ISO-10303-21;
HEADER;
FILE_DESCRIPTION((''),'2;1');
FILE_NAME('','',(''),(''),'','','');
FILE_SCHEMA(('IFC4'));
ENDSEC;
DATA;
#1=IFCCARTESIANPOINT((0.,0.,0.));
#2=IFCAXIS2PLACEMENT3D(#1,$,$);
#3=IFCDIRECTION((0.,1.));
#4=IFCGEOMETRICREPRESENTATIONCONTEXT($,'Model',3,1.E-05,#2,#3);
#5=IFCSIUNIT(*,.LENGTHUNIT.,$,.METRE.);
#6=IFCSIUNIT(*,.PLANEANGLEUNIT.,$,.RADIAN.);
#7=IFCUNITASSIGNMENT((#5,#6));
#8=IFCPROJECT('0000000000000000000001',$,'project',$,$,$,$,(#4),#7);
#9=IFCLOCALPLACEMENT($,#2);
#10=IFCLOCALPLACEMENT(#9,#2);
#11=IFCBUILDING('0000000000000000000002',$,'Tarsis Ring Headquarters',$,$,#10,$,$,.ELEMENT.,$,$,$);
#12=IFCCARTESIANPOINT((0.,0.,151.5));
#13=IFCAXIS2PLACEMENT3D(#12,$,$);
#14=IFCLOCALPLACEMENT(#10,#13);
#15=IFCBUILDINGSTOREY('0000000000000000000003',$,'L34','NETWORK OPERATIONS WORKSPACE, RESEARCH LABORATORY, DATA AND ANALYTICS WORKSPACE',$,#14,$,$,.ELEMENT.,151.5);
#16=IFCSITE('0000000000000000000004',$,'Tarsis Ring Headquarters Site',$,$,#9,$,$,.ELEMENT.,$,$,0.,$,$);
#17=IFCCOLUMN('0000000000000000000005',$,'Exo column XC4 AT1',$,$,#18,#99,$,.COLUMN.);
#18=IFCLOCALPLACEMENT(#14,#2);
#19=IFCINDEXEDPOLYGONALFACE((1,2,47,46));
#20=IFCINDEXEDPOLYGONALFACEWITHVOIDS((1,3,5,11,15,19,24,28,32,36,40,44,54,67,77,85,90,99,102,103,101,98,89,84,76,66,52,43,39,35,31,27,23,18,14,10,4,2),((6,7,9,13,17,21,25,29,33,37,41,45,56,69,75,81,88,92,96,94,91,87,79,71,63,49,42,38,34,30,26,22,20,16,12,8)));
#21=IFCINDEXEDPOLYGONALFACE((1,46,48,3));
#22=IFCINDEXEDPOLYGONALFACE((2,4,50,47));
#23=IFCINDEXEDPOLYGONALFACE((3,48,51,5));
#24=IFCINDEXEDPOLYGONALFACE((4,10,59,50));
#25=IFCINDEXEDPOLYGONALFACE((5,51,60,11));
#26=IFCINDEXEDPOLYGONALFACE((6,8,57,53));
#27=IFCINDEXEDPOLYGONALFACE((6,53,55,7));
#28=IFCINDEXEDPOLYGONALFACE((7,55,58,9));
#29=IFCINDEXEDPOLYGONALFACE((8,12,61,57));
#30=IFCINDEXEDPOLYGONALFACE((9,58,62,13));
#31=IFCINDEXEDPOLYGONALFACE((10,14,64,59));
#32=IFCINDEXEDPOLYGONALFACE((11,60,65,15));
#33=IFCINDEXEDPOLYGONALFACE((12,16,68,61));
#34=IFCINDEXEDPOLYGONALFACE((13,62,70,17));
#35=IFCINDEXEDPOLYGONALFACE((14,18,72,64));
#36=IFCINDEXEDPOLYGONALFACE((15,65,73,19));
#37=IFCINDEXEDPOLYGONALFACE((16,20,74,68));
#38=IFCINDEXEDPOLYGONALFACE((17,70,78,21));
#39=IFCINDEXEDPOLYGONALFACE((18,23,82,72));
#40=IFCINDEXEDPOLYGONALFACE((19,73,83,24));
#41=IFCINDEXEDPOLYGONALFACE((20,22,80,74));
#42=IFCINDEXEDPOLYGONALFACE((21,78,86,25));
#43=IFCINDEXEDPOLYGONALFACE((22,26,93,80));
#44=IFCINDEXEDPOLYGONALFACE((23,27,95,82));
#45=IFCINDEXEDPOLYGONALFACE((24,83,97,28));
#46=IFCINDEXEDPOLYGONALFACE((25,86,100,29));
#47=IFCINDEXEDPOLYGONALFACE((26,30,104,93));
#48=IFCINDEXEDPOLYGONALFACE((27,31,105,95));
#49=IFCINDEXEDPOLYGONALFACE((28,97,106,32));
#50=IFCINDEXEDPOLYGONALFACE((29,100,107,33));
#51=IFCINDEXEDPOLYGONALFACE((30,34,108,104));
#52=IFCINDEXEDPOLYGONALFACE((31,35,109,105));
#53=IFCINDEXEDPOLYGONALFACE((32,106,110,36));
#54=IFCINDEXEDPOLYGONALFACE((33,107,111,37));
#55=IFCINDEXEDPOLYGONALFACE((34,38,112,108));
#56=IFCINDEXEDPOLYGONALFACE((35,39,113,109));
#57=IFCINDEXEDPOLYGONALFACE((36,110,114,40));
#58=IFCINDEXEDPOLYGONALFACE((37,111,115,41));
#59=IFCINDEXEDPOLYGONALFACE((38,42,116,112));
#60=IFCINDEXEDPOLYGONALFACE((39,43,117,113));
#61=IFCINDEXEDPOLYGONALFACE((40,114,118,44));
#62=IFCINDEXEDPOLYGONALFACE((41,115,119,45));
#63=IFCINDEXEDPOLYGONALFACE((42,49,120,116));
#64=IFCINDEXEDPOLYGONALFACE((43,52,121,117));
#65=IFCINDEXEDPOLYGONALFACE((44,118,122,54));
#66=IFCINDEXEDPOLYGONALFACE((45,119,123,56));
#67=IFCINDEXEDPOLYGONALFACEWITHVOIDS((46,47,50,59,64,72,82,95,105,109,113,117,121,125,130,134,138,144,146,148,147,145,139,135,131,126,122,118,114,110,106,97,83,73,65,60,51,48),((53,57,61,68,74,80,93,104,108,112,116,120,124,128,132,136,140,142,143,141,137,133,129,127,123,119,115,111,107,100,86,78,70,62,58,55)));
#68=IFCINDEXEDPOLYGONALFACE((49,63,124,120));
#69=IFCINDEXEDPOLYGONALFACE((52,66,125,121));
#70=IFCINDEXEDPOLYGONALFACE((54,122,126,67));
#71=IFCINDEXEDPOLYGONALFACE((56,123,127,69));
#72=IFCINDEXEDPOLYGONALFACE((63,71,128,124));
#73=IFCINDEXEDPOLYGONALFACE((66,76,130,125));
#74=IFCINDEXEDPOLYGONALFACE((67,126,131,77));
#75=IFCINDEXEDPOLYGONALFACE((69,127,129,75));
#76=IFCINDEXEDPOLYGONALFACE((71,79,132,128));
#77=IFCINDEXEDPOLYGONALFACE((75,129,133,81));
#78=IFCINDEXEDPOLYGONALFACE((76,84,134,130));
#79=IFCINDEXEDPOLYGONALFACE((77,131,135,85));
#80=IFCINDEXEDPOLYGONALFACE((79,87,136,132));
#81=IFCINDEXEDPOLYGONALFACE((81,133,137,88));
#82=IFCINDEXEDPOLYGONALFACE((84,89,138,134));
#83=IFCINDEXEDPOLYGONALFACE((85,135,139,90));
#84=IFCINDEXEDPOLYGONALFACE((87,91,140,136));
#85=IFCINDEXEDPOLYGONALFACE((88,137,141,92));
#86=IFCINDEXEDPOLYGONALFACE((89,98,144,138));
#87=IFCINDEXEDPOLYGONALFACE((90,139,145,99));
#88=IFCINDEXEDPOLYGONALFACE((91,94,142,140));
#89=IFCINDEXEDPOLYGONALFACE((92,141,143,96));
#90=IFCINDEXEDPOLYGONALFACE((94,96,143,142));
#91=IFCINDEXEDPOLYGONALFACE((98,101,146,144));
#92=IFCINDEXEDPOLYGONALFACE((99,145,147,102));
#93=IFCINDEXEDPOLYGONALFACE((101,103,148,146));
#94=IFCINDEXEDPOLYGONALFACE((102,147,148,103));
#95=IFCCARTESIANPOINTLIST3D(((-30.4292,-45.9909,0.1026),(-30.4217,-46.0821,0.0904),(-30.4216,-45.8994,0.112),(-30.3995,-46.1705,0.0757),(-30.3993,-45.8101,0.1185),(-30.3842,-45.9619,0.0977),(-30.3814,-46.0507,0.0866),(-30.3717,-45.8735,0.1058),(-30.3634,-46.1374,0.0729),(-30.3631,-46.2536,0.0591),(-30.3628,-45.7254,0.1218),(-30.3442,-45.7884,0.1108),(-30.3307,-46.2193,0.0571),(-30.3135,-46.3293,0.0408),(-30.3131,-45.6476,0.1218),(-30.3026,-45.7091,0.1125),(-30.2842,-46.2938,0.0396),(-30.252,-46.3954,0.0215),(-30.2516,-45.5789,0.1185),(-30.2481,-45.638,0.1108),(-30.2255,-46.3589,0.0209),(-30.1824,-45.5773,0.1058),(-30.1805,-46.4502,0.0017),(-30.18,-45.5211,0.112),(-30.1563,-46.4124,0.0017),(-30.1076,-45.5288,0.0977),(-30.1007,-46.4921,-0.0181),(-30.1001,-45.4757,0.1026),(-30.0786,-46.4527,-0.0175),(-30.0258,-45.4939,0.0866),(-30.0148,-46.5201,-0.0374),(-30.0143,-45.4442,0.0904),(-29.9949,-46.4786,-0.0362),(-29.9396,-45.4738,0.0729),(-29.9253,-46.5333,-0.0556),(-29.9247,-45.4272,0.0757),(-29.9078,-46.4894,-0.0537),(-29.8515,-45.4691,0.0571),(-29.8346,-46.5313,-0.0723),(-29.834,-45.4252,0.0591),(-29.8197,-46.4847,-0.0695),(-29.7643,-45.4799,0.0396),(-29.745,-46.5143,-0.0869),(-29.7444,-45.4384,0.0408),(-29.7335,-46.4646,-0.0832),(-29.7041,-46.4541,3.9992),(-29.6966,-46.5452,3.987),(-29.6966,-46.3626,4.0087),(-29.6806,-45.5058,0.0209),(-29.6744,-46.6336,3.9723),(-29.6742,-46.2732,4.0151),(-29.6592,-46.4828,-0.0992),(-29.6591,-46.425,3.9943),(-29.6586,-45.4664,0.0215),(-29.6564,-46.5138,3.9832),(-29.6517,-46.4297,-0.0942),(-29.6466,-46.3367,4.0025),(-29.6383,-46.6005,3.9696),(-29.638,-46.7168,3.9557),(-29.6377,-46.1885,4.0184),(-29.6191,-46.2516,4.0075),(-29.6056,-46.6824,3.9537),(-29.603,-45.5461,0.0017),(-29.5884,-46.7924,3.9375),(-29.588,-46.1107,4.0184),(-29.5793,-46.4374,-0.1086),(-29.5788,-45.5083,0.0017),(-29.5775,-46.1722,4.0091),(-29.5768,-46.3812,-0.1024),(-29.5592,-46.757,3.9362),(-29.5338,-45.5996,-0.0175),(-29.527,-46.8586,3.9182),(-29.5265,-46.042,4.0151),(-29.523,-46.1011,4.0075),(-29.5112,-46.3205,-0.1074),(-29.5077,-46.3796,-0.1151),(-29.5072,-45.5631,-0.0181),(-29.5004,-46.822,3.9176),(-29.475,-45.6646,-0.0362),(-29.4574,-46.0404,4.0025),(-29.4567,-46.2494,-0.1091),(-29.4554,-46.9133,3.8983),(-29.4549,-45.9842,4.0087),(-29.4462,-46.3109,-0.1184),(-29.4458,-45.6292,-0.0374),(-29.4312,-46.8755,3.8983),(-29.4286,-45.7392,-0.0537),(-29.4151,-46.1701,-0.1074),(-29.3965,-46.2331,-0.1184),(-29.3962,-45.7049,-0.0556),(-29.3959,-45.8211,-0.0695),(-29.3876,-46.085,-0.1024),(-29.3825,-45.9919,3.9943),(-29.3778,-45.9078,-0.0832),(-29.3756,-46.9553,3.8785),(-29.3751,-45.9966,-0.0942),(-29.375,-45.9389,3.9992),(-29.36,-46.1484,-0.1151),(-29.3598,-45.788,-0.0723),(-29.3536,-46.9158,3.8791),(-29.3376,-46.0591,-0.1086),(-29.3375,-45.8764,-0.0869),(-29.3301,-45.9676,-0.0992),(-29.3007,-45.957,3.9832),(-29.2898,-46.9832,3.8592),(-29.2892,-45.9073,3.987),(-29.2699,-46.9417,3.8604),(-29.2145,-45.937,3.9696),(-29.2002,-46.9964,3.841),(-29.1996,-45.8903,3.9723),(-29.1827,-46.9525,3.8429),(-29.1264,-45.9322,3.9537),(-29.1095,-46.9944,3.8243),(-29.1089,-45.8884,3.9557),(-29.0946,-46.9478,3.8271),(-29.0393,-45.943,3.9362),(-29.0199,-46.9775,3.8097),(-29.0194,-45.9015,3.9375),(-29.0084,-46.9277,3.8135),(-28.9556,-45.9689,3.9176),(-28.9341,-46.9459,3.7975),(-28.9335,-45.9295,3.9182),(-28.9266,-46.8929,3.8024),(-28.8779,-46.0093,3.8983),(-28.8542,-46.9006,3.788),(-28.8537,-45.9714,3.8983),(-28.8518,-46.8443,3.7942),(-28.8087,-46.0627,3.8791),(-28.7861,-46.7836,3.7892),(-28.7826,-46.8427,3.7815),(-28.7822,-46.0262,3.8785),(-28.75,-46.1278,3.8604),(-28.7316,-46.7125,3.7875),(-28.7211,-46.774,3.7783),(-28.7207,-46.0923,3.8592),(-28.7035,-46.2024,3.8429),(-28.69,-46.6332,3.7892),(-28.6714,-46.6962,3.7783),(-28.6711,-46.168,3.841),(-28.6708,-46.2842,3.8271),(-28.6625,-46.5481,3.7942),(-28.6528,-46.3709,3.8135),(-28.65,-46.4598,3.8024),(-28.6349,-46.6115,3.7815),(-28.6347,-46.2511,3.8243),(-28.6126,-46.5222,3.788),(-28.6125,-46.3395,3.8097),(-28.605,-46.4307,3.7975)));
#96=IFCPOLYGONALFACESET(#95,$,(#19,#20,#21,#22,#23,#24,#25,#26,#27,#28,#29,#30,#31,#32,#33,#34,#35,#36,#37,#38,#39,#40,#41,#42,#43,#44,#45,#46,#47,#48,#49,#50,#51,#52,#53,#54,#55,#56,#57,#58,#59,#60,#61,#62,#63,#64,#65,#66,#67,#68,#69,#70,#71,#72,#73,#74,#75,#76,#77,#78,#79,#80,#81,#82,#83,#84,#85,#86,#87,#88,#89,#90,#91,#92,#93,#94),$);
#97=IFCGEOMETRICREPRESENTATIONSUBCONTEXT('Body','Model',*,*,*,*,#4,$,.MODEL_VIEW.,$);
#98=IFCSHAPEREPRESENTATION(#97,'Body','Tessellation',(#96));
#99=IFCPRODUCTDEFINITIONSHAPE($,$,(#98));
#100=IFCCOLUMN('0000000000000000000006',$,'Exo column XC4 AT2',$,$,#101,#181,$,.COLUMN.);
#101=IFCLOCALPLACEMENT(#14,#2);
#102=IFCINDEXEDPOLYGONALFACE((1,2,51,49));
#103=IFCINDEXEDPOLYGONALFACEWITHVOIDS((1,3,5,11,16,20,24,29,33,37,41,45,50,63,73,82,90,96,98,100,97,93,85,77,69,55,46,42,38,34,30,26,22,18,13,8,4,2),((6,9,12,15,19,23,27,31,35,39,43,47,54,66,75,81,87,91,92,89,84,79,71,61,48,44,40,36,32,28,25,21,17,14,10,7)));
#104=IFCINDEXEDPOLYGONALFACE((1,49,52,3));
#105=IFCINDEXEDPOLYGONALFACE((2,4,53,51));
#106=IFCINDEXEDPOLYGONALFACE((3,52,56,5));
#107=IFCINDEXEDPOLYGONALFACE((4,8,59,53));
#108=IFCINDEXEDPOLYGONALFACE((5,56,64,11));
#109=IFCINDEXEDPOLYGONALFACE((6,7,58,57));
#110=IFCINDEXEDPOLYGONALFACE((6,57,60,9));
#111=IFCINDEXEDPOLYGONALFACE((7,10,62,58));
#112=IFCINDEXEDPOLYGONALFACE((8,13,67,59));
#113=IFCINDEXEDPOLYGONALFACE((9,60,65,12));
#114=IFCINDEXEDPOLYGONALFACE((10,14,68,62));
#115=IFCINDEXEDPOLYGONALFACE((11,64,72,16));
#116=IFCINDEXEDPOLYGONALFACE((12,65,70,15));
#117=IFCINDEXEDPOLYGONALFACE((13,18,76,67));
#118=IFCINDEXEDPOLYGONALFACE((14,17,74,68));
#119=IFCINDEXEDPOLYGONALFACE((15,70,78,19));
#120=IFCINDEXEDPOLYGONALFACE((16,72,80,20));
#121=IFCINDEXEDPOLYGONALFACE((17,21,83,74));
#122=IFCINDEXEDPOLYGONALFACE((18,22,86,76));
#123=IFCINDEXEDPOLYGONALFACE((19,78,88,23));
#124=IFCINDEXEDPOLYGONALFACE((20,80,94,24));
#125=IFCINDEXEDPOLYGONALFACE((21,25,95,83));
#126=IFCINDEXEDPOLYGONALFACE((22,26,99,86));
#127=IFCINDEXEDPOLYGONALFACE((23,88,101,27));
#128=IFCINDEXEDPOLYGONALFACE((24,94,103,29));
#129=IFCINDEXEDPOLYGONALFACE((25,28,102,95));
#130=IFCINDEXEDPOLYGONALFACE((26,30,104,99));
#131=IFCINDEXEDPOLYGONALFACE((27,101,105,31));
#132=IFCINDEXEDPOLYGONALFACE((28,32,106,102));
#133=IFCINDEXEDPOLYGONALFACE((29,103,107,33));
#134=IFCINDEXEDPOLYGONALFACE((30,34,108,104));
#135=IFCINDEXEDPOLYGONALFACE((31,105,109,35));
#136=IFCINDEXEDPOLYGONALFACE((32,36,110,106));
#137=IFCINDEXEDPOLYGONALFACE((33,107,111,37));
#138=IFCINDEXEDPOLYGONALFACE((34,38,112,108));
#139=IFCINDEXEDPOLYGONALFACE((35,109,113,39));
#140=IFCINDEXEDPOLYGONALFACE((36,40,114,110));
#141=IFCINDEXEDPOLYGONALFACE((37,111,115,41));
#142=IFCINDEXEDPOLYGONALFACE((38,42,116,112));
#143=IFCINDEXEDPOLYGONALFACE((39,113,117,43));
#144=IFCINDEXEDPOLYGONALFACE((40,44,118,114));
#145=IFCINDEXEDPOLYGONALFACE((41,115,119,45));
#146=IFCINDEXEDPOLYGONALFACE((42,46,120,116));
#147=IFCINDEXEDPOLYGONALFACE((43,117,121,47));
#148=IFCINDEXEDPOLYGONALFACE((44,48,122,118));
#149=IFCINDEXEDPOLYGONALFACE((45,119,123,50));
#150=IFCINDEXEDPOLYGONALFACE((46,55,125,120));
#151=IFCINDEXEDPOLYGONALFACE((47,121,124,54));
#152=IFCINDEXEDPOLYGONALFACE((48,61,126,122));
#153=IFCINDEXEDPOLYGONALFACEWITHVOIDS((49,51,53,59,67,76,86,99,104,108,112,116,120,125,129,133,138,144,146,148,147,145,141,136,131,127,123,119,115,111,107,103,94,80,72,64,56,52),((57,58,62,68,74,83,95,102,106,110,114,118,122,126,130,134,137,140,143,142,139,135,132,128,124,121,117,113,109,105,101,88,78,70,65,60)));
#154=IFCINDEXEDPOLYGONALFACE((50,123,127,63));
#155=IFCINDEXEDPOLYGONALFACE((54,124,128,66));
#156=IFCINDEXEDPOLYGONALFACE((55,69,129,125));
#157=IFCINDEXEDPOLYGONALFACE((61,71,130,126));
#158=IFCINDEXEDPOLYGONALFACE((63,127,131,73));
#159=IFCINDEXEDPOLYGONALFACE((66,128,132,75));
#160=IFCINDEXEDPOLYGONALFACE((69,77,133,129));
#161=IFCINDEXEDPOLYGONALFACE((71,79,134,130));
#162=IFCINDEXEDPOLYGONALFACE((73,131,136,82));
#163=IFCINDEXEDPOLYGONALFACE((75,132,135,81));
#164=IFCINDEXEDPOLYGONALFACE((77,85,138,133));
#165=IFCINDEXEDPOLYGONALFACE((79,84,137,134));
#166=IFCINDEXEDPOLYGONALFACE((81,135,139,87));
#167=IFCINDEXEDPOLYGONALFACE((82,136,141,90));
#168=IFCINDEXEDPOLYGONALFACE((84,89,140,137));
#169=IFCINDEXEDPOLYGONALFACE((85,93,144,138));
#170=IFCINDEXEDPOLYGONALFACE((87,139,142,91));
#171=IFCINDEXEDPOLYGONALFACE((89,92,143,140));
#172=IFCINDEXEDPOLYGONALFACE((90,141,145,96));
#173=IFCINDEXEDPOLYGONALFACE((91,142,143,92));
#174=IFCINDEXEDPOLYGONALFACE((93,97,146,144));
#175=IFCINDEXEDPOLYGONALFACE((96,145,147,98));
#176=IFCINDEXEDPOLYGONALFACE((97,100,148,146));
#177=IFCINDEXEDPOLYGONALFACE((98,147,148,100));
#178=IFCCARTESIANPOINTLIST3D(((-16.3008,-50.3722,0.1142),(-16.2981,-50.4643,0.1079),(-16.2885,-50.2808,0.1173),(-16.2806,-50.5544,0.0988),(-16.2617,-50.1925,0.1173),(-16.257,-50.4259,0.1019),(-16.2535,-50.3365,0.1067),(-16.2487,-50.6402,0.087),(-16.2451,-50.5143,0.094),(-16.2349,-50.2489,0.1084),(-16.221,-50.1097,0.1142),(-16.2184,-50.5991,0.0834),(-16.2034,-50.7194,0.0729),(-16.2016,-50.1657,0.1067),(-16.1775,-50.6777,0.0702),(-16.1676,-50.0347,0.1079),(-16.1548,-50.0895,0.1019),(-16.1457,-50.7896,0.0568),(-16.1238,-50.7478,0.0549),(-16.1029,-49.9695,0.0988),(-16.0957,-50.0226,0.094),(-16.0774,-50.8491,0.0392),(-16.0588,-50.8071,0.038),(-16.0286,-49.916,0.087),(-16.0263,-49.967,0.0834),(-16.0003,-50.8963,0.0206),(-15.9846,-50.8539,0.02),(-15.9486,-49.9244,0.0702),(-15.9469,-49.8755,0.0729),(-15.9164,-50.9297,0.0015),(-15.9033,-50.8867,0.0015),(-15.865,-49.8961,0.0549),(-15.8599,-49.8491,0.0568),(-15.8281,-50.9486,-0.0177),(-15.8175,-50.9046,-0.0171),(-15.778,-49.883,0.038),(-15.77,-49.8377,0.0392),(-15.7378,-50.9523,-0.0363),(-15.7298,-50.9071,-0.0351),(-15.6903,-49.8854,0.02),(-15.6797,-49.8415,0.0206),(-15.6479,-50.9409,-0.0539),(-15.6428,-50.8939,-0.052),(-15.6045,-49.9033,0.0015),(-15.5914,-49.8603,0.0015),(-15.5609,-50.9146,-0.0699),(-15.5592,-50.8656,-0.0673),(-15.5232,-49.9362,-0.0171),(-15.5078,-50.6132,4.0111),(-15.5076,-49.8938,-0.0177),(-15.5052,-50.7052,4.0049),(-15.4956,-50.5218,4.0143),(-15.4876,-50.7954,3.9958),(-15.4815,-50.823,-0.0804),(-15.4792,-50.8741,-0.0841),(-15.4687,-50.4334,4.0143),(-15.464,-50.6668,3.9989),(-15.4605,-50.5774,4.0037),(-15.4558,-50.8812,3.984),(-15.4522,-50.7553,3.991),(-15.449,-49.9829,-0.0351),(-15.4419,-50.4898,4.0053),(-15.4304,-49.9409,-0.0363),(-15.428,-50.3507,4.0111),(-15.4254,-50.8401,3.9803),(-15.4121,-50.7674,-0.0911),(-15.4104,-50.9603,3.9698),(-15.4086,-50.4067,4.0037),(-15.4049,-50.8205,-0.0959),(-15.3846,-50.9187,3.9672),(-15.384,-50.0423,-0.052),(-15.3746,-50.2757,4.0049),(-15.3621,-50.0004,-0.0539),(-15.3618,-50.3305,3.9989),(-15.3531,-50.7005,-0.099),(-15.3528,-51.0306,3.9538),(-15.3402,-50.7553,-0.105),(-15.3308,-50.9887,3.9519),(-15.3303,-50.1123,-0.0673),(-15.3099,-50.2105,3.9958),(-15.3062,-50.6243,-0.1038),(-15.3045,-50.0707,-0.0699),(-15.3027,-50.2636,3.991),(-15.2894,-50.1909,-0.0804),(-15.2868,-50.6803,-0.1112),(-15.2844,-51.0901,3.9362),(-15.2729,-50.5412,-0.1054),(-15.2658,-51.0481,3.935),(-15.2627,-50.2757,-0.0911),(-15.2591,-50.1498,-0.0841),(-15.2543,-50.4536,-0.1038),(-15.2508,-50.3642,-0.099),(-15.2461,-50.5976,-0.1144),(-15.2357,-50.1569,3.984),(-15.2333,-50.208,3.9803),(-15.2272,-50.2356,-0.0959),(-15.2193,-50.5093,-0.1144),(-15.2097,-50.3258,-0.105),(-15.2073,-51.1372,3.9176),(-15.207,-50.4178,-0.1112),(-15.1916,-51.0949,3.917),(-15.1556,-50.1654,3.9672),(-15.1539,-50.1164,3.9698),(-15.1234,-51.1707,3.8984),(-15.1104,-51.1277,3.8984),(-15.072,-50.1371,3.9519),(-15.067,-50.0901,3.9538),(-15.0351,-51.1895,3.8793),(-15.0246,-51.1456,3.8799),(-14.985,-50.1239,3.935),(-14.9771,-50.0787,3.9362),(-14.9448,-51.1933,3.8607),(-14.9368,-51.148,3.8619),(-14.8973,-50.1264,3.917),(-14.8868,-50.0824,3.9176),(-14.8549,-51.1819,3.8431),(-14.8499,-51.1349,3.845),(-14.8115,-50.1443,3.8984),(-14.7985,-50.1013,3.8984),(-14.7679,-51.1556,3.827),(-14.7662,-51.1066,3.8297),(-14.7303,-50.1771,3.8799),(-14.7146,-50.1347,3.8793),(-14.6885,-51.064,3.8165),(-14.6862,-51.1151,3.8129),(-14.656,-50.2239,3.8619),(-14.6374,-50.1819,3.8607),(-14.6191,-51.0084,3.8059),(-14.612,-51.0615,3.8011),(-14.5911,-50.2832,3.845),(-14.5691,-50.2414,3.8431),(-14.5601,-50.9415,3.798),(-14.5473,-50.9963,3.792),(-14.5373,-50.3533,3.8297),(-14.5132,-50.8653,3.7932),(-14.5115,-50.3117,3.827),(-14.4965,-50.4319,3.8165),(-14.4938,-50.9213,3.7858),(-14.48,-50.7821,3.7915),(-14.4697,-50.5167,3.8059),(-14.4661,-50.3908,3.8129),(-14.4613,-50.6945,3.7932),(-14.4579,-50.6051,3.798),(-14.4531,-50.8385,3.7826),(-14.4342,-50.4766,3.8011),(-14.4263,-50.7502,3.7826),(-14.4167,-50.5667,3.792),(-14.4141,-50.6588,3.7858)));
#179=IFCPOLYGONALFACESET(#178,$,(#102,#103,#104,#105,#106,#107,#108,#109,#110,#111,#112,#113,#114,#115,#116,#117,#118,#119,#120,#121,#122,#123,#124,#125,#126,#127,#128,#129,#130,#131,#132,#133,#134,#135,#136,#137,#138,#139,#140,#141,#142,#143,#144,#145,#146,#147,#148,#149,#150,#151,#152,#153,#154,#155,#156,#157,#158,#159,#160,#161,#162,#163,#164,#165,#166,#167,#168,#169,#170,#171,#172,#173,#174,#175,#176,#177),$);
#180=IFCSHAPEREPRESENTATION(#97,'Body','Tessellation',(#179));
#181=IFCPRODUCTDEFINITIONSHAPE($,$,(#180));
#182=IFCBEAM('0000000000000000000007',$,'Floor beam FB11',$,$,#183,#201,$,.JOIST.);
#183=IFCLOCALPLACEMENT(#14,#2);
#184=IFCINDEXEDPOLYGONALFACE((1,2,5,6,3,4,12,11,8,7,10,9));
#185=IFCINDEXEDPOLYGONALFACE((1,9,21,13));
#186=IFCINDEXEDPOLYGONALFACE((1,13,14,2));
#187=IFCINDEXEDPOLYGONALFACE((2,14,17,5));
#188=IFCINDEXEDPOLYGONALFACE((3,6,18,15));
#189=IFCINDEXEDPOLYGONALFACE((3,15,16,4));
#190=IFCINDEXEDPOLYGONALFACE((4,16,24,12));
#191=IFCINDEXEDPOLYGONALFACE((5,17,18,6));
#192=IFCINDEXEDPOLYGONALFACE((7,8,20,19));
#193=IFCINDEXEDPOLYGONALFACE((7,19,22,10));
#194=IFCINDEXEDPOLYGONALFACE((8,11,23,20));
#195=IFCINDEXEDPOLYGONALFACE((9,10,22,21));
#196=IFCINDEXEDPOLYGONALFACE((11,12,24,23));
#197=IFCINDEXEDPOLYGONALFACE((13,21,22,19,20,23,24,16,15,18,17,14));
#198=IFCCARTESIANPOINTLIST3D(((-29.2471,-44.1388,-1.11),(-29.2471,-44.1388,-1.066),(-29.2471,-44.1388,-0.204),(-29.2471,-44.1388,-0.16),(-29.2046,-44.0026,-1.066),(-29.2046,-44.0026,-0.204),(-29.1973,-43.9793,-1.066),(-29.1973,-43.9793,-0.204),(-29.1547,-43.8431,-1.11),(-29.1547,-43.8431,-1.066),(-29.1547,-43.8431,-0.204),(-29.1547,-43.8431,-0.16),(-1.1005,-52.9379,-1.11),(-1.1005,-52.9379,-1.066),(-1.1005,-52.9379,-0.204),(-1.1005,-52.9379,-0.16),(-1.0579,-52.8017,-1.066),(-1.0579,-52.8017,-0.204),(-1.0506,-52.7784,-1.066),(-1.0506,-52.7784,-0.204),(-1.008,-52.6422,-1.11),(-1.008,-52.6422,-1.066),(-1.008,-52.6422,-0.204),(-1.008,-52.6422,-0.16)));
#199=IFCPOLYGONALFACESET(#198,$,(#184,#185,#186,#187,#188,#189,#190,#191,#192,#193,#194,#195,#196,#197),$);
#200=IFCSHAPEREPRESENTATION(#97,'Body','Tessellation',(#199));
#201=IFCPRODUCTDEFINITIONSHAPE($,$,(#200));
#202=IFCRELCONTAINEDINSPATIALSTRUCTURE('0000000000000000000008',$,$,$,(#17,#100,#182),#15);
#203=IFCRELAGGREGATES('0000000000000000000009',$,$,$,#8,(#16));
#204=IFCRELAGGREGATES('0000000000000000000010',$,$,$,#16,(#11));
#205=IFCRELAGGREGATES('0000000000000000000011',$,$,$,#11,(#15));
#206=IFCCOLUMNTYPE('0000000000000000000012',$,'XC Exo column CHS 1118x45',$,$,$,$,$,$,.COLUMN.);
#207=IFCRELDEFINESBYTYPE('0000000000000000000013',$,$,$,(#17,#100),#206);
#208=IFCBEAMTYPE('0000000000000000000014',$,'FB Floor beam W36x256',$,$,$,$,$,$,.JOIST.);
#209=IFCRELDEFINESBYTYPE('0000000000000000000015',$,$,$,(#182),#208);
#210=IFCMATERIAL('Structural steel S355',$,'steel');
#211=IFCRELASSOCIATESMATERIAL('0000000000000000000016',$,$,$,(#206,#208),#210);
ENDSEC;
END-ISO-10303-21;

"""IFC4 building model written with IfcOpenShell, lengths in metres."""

from ifc_helpers import new_model, si_unit, direction, frame, origin, origin_2d, place, context, subcontext, project, spatial, hollow_circle, i_section, extrude, material, material_profile, profile_set, type_object, element, save


model = new_model("IFC4")

# Units and contexts
model_context = context("Model", 3, precision=1e-05, world=origin(), true_north=direction((0.0, 1.0)))
body_context = subcontext(model_context, "Body", "Model", "MODEL_VIEW")
ifc_project = project(units=[si_unit("LENGTHUNIT", "METRE"), si_unit("PLANEANGLEUNIT", "RADIAN")], contexts=[model_context])

# Site, building, storey
site_placement = place(None, origin())
site = spatial("IfcSite", under=ifc_project, at=site_placement, Name="Tarsis Ring Headquarters Site", CompositionType="ELEMENT", RefElevation=0.0)
building_placement = place(site_placement, origin())
building = spatial("IfcBuilding", under=site, at=building_placement, Name="Tarsis Ring Headquarters", CompositionType="ELEMENT")
storey_placement = place(building_placement, frame((0.0, 0.0, 151.5)))
storey = spatial("IfcBuildingStorey", under=building, at=storey_placement, Name="L34", Description="NETWORK OPERATIONS WORKSPACE, RESEARCH LABORATORY, DATA AND ANALYTICS WORKSPACE", CompositionType="ELEMENT", Elevation=151.5)

# Columns
ifc_material_1 = material(Name="Structural steel S355", Category="steel")
ifc_material_profile_1 = material_profile(ifc_material_1, hollow_circle(Radius=0.5588, WallThickness=0.0449, at=origin_2d()), Name="CHS 1118x45")
ifc_profile_set_1 = profile_set([ifc_material_profile_1], Name="Structural steel S355")
column_type = type_object("IfcColumnType", Name="XC Exo column CHS 1118x45", PredefinedType="COLUMN", material=ifc_profile_set_1)
column_1_placement = place(storey_placement, frame((-29.8796, -45.9792, 0.0017), z_axis=(0.181702, -0.116057, 0.976481), x_axis=(0.538289, 0.842761, 0.0)))
element("IfcColumn", 1, at=column_1_placement, inside=storey, type_object=column_type, Name="Exo column XC4 AT1", PredefinedType="COLUMN", context=body_context, shape_type="SweptSolid", body=[
    extrude(hollow_circle(Radius=0.5588, WallThickness=0.0449, at=origin_2d()), origin(), (0.0, 0.0, 1.0), 3.9905),
])
column_2_placement = place(storey_placement, frame((-15.7539, -50.395, 0.0015), z_axis=(0.199032, -0.060482, 0.978125), x_axis=(0.290751, 0.956799, 0.0)))
element("IfcColumn", 2, at=column_2_placement, inside=storey, type_object=column_type, Name="Exo column XC4 AT2", PredefinedType="COLUMN", context=body_context, shape_type="SweptSolid", body=[
    extrude(hollow_circle(Radius=0.5588, WallThickness=0.0449, at=origin_2d()), origin(), (0.0, 0.0, 1.0), 3.9841),
])

# Beam
ifc_material_profile_2 = material_profile(ifc_material_1, i_section(OverallWidth=0.3098, OverallDepth=0.95, WebThickness=0.0244, FlangeThickness=0.0439, at=origin_2d()), Name="W36x256")
ifc_profile_set_2 = profile_set([ifc_material_profile_2], Name="Structural steel S355")
beam_type_1 = type_object("IfcBeamType", Name="FB Floor beam W36x256", PredefinedType="JOIST", material=ifc_profile_set_2)
beam_placement = place(storey_placement, frame((-29.2009, -43.991, -0.635), z_axis=(0.954449, -0.298374, 0.0), x_axis=(0.298374, 0.954449, 0.0)))
element("IfcBeam", 3, at=beam_placement, inside=storey, type_object=beam_type_1, Name="Floor beam FB11", PredefinedType="JOIST", context=body_context, shape_type="SweptSolid", body=[
    extrude(i_section(OverallWidth=0.3098, OverallDepth=0.95, WebThickness=0.0244, FlangeThickness=0.0439, at=origin_2d()), origin(), (0.0, 0.0, 1.0), 29.49),
])

save(model, "model.ifc")
